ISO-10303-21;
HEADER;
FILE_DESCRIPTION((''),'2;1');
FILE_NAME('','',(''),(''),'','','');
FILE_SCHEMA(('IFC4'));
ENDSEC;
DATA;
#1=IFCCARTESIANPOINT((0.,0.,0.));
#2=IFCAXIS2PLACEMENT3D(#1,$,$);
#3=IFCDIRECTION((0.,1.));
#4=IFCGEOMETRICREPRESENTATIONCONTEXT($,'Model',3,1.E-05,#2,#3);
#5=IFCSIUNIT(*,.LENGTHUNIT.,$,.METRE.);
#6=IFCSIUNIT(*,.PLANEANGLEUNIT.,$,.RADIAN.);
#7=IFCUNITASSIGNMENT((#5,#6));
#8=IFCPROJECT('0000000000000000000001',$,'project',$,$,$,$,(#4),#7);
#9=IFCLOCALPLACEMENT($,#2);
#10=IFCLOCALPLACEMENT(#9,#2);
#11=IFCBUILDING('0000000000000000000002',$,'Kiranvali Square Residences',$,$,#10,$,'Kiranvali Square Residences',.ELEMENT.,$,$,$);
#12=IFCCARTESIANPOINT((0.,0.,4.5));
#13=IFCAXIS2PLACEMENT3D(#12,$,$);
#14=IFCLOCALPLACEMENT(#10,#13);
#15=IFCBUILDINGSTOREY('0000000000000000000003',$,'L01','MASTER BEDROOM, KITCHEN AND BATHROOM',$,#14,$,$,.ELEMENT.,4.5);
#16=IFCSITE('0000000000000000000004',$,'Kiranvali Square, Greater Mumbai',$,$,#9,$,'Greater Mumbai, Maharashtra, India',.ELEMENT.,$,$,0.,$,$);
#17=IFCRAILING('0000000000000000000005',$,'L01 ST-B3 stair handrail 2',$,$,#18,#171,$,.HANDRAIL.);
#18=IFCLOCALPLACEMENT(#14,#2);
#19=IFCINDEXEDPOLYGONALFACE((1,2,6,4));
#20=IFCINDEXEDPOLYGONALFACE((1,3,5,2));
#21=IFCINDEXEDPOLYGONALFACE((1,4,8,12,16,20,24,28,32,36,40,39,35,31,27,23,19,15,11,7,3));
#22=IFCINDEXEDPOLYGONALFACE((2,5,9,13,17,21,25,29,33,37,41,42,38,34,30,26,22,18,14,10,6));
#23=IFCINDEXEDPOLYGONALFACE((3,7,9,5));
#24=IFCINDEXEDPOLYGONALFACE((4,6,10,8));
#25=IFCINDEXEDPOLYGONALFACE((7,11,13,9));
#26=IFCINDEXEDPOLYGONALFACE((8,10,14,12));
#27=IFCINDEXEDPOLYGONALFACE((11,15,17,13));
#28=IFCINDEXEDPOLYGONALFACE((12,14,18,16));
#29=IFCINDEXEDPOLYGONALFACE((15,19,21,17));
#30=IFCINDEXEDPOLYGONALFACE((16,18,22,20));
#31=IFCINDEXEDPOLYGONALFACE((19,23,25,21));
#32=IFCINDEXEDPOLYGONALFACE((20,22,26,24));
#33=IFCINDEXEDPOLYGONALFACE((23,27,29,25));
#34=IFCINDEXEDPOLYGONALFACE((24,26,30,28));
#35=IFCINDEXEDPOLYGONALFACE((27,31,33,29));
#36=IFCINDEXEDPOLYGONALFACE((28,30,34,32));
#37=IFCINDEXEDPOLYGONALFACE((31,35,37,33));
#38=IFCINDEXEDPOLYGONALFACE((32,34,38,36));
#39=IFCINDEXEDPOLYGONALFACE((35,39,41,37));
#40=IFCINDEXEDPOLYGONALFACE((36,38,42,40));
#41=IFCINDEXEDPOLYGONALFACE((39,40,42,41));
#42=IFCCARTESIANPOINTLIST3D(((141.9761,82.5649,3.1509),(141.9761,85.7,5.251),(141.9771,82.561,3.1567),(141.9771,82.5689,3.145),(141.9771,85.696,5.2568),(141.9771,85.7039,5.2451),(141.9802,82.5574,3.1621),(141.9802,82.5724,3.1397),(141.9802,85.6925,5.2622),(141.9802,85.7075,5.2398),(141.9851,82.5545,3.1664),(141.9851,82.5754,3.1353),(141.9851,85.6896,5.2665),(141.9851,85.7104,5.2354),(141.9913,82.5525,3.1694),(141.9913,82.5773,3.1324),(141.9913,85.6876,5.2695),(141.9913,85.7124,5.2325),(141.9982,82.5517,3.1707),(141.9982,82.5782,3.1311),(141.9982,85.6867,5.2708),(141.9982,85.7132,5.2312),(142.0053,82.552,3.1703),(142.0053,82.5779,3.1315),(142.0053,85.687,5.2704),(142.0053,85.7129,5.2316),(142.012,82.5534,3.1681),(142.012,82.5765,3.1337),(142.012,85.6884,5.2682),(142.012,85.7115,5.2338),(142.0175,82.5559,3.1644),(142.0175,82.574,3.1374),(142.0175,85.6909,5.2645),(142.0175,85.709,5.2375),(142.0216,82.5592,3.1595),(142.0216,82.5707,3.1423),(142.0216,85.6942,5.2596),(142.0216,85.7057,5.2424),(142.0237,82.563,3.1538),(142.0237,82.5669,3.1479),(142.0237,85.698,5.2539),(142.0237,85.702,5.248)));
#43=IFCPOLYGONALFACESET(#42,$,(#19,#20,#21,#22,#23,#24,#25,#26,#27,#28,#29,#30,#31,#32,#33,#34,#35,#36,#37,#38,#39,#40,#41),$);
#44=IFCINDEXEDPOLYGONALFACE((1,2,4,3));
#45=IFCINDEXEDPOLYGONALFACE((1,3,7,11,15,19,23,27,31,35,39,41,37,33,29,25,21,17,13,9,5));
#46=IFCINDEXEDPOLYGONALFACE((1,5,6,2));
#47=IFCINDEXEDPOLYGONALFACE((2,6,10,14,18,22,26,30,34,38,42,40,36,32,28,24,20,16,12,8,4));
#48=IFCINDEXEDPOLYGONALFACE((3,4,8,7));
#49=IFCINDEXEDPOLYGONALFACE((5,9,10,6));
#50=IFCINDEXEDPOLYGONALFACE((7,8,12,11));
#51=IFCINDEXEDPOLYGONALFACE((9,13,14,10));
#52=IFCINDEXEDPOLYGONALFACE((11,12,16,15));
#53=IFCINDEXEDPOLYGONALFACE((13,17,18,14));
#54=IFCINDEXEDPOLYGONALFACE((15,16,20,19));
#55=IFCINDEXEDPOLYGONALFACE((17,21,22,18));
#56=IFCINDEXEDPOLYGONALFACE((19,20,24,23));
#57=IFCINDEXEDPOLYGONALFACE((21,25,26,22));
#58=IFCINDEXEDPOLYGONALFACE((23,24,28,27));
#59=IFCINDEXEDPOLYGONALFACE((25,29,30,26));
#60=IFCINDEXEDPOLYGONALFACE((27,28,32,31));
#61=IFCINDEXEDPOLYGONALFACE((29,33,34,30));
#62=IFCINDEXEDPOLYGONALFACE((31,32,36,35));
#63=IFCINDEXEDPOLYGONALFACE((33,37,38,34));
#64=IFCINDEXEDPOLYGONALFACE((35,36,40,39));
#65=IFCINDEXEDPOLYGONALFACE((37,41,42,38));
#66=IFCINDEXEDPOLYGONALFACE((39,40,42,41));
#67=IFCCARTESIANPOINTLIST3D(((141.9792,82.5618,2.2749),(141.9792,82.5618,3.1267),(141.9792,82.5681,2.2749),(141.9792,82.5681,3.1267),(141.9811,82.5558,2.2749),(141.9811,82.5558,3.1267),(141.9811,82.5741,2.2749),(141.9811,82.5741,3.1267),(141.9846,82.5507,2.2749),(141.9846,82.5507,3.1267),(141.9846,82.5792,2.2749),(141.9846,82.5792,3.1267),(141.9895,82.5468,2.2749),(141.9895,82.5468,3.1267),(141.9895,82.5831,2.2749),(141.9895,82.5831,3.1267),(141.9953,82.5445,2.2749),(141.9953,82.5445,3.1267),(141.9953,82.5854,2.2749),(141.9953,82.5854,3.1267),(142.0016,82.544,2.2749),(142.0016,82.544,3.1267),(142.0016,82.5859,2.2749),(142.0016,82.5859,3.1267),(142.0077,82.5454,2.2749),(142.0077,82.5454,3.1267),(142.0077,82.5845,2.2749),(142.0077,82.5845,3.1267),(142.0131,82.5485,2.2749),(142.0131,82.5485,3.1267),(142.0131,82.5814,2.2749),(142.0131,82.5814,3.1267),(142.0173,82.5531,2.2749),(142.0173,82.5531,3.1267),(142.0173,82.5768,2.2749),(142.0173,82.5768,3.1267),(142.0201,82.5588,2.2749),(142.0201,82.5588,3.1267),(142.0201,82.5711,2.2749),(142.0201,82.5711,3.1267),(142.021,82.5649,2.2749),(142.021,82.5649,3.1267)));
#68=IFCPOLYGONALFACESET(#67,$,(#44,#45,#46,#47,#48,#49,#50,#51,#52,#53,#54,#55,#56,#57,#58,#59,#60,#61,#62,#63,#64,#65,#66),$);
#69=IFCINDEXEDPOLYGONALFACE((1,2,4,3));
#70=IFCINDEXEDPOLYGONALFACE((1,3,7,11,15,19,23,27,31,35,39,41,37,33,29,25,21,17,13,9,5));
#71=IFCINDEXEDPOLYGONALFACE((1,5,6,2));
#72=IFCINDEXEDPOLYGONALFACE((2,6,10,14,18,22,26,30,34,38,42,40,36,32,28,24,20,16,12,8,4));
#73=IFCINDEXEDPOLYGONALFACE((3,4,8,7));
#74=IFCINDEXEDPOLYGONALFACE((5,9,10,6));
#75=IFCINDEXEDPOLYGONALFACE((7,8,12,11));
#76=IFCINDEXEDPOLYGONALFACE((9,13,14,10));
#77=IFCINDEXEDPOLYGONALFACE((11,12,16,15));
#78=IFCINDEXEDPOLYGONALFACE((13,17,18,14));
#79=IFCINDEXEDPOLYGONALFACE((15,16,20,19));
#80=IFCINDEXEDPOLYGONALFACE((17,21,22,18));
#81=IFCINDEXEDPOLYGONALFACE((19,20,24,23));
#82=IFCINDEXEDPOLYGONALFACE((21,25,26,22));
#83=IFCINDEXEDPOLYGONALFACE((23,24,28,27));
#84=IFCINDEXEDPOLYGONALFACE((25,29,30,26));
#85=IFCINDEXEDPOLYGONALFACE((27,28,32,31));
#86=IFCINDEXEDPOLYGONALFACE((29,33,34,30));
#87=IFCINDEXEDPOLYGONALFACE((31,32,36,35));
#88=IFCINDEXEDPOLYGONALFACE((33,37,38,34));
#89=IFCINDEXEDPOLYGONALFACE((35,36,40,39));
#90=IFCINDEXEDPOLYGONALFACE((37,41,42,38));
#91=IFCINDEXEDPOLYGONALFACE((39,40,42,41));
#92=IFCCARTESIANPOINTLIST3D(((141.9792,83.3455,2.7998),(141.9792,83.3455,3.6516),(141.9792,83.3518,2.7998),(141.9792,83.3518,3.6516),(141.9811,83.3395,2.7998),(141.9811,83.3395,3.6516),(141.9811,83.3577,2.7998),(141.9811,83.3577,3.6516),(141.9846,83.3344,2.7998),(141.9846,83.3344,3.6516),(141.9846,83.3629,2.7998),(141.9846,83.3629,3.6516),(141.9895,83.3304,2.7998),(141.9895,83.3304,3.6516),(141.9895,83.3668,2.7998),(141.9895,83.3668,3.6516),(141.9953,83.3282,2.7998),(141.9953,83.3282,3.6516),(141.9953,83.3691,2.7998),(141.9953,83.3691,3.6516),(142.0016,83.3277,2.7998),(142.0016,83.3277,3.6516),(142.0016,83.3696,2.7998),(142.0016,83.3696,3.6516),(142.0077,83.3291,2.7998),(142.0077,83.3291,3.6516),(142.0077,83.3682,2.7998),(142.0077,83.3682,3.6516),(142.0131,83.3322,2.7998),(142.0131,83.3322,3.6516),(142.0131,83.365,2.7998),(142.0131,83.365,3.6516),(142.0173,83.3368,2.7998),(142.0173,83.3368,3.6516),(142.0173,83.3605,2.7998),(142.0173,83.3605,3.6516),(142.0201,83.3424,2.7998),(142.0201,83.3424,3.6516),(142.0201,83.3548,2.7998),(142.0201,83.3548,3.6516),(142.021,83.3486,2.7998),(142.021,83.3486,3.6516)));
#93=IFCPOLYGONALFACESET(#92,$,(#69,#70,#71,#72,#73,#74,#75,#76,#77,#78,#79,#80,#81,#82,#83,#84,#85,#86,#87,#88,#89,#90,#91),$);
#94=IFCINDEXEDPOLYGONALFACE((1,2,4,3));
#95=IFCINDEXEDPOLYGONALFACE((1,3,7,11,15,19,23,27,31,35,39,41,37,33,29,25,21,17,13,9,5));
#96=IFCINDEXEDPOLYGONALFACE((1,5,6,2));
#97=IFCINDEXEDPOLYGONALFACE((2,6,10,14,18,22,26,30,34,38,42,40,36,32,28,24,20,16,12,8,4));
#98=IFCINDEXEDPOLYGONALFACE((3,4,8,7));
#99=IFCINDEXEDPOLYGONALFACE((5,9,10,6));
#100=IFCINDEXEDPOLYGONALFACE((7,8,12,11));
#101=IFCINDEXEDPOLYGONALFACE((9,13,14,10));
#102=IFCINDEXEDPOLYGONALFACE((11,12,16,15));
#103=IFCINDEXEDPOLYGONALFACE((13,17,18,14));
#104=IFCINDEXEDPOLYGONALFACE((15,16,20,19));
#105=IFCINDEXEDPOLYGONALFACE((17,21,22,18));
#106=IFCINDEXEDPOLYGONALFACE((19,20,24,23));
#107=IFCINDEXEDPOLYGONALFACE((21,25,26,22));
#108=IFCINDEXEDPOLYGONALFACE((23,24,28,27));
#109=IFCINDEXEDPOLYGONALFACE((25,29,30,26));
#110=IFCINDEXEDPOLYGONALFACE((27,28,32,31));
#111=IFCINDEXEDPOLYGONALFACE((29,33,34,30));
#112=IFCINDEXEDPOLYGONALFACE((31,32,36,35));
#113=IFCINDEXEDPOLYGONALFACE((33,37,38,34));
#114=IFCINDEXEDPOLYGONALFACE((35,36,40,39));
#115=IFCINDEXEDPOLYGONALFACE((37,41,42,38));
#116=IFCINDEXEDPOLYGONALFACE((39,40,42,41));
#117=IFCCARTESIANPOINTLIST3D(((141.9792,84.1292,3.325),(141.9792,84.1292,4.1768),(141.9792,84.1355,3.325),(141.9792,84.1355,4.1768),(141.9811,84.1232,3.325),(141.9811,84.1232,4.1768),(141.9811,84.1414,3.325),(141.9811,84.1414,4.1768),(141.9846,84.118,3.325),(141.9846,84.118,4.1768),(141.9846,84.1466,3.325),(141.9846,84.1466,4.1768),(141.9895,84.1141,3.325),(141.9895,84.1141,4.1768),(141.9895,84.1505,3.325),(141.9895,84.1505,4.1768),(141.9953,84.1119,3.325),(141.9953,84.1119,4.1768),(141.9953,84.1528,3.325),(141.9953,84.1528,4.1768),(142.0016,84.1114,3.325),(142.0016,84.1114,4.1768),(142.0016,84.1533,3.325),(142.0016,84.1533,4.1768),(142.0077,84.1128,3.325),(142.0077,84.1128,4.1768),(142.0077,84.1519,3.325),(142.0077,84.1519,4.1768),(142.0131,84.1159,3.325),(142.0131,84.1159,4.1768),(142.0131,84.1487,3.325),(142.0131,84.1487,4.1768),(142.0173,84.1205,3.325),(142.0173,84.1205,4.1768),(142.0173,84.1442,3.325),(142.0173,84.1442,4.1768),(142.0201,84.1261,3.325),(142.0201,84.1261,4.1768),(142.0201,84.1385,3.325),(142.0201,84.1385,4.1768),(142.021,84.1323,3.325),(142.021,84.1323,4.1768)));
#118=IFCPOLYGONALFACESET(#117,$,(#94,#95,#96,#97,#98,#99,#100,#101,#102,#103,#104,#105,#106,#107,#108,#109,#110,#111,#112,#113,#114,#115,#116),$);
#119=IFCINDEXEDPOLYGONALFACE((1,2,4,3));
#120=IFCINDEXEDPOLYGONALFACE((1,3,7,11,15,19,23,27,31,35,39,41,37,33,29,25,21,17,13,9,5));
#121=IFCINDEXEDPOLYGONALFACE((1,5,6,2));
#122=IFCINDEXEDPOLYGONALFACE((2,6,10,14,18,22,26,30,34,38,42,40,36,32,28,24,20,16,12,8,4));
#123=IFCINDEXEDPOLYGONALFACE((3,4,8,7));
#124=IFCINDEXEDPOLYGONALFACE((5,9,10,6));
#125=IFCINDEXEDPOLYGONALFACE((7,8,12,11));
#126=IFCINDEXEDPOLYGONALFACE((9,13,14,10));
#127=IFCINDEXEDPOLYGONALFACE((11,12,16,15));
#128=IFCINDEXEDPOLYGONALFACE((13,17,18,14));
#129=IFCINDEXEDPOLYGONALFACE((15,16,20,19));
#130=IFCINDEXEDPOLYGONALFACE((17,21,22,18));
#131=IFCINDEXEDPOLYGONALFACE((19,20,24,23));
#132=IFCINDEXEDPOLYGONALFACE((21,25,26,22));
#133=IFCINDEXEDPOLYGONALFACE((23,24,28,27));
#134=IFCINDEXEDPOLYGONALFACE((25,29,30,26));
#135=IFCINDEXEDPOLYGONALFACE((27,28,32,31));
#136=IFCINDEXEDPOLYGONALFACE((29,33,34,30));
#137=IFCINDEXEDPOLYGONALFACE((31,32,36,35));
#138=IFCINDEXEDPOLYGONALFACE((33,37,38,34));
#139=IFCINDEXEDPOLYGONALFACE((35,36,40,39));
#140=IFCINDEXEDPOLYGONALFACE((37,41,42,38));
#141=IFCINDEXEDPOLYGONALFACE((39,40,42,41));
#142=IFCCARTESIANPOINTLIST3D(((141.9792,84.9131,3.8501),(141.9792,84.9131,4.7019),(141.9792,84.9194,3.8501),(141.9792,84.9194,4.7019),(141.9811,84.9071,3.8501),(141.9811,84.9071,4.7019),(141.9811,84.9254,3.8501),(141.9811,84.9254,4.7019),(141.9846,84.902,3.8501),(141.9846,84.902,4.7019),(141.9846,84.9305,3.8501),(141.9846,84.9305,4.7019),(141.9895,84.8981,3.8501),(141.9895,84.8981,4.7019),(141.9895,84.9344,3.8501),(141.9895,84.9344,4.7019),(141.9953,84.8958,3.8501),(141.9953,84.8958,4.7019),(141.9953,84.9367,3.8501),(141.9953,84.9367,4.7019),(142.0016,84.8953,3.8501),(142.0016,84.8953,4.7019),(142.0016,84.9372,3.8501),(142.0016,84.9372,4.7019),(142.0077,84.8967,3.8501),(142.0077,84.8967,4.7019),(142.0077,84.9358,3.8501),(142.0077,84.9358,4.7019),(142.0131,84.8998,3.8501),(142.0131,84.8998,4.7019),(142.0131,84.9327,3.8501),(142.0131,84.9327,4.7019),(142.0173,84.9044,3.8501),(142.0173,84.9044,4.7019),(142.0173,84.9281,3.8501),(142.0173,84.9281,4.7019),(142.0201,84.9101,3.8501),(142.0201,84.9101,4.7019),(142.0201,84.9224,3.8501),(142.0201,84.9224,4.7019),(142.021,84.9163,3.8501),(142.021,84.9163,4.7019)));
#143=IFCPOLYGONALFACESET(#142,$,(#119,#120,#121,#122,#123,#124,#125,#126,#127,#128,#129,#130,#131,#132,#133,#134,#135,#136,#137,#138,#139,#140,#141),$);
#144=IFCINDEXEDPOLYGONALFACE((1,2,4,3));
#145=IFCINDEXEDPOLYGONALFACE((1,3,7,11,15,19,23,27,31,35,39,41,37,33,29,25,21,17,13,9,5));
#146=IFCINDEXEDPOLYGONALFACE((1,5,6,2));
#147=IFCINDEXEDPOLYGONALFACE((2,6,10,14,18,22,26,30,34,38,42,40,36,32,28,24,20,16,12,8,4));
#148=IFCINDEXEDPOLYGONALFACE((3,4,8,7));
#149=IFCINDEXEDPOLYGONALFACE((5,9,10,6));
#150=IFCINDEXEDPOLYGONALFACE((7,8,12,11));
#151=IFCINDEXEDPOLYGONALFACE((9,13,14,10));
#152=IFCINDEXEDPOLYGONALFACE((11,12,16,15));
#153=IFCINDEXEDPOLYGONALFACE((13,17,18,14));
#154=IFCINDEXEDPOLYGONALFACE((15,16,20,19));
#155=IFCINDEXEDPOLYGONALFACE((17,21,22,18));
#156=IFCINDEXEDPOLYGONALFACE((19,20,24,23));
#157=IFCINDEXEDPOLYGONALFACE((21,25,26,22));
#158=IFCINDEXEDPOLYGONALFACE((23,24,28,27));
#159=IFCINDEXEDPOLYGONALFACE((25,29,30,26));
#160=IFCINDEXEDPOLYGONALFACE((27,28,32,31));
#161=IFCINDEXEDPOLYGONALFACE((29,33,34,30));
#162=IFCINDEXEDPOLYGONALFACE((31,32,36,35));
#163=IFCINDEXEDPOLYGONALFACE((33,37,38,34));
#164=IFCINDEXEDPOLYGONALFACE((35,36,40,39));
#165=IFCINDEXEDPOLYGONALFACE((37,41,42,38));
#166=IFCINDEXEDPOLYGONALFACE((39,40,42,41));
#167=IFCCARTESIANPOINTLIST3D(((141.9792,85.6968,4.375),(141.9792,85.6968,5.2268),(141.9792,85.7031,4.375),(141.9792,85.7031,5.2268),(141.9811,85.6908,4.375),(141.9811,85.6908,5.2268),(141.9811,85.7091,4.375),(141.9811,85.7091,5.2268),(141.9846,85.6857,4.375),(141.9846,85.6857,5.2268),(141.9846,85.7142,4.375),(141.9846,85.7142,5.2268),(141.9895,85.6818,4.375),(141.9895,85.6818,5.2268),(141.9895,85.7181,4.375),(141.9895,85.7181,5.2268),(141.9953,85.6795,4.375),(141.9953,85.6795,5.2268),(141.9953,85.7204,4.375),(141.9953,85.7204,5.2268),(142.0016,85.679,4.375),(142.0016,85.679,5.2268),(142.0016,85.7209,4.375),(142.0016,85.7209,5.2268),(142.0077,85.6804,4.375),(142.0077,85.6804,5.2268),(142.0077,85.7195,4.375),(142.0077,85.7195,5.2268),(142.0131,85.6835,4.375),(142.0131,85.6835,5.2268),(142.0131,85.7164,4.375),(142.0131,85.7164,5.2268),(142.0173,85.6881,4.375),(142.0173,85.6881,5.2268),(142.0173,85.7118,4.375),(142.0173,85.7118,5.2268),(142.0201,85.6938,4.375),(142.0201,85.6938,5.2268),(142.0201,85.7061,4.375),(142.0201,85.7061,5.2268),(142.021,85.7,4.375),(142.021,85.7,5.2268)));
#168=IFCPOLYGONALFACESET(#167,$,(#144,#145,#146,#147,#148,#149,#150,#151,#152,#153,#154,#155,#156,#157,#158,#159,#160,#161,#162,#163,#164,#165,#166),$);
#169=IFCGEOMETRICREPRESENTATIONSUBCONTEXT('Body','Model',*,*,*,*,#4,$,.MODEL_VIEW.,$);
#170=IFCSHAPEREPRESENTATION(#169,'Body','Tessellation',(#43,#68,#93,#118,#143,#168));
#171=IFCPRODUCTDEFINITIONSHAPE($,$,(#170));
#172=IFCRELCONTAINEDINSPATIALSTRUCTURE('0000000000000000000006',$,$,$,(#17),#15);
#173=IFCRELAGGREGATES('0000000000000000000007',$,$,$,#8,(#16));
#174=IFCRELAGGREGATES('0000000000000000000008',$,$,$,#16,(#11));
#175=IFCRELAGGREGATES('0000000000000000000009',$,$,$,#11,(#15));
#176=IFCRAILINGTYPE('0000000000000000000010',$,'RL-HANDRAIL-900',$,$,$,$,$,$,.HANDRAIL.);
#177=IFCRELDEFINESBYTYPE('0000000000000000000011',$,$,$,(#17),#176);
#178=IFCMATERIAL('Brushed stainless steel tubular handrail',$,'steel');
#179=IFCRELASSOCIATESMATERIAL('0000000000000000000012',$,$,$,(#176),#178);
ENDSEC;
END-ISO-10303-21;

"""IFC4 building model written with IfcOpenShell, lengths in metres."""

from ifc_helpers import new_model, si_unit, direction, frame, origin, origin_2d, place, context, subcontext, project, spatial, circle, extrude, material, type_object, element, save


model = new_model("IFC4")

# Units and contexts
model_context = context("Model", 3, precision=1e-05, world=origin(), true_north=direction((0.0, 1.0)))
body_context = subcontext(model_context, "Body", "Model", "MODEL_VIEW")
ifc_project = project(units=[si_unit("LENGTHUNIT", "METRE"), si_unit("PLANEANGLEUNIT", "RADIAN")], contexts=[model_context])

# Site, building, storey
site_placement = place(None, origin())
site = spatial("IfcSite", under=ifc_project, at=site_placement, Name="Kiranvali Square, Greater Mumbai", LongName="Greater Mumbai, Maharashtra, India", CompositionType="ELEMENT", RefElevation=0.0)
building_placement = place(site_placement, origin())
building = spatial("IfcBuilding", under=site, at=building_placement, Name="Kiranvali Square Residences", LongName="Kiranvali Square Residences", CompositionType="ELEMENT")
storey_placement = place(building_placement, frame((0.0, 0.0, 4.5)))
storey = spatial("IfcBuildingStorey", under=building, at=storey_placement, Name="L01", Description="MASTER BEDROOM, KITCHEN AND BATHROOM", CompositionType="ELEMENT", Elevation=4.5)

# Railing
ifc_material_1 = material(Name="Brushed stainless steel tubular handrail", Category="steel")
railing_type = type_object("IfcRailingType", Name="RL-HANDRAIL-900", PredefinedType="HANDRAIL", material=ifc_material_1)
railing_placement = place(storey_placement, frame((142.0, 82.5649, 2.2749)))
element("IfcRailing", 1, at=railing_placement, inside=storey, type_object=railing_type, Name="L01 ST-B3 stair handrail 2", PredefinedType="HANDRAIL", context=body_context, shape_type="SweptSolid", body=[
    extrude(circle(Radius=0.0239, at=origin_2d()), frame((0.0, 0.0, 0.876), z_axis=(0.0, 0.830814, 0.55655), x_axis=(-1.0, 0.0, 0.0)), (0.0, 0.0, 1.0), 3.7734),
    extrude(circle(Radius=0.021, at=origin_2d()), origin(), (0.0, 0.0, 1.0), 0.8518),
    extrude(circle(Radius=0.021, at=origin_2d()), frame((0.0, 0.7837, 0.5249)), (0.0, 0.0, 1.0), 0.8518),
    extrude(circle(Radius=0.021, at=origin_2d()), frame((0.0, 1.5674, 1.05)), (0.0, 0.0, 1.0), 0.8518),
    extrude(circle(Radius=0.021, at=origin_2d()), frame((0.0, 2.3513, 1.5752)), (0.0, 0.0, 1.0), 0.8518),
    extrude(circle(Radius=0.021, at=origin_2d()), frame((0.0, 3.135, 2.1001)), (0.0, 0.0, 1.0), 0.8518),
])

save(model, "model.ifc")
